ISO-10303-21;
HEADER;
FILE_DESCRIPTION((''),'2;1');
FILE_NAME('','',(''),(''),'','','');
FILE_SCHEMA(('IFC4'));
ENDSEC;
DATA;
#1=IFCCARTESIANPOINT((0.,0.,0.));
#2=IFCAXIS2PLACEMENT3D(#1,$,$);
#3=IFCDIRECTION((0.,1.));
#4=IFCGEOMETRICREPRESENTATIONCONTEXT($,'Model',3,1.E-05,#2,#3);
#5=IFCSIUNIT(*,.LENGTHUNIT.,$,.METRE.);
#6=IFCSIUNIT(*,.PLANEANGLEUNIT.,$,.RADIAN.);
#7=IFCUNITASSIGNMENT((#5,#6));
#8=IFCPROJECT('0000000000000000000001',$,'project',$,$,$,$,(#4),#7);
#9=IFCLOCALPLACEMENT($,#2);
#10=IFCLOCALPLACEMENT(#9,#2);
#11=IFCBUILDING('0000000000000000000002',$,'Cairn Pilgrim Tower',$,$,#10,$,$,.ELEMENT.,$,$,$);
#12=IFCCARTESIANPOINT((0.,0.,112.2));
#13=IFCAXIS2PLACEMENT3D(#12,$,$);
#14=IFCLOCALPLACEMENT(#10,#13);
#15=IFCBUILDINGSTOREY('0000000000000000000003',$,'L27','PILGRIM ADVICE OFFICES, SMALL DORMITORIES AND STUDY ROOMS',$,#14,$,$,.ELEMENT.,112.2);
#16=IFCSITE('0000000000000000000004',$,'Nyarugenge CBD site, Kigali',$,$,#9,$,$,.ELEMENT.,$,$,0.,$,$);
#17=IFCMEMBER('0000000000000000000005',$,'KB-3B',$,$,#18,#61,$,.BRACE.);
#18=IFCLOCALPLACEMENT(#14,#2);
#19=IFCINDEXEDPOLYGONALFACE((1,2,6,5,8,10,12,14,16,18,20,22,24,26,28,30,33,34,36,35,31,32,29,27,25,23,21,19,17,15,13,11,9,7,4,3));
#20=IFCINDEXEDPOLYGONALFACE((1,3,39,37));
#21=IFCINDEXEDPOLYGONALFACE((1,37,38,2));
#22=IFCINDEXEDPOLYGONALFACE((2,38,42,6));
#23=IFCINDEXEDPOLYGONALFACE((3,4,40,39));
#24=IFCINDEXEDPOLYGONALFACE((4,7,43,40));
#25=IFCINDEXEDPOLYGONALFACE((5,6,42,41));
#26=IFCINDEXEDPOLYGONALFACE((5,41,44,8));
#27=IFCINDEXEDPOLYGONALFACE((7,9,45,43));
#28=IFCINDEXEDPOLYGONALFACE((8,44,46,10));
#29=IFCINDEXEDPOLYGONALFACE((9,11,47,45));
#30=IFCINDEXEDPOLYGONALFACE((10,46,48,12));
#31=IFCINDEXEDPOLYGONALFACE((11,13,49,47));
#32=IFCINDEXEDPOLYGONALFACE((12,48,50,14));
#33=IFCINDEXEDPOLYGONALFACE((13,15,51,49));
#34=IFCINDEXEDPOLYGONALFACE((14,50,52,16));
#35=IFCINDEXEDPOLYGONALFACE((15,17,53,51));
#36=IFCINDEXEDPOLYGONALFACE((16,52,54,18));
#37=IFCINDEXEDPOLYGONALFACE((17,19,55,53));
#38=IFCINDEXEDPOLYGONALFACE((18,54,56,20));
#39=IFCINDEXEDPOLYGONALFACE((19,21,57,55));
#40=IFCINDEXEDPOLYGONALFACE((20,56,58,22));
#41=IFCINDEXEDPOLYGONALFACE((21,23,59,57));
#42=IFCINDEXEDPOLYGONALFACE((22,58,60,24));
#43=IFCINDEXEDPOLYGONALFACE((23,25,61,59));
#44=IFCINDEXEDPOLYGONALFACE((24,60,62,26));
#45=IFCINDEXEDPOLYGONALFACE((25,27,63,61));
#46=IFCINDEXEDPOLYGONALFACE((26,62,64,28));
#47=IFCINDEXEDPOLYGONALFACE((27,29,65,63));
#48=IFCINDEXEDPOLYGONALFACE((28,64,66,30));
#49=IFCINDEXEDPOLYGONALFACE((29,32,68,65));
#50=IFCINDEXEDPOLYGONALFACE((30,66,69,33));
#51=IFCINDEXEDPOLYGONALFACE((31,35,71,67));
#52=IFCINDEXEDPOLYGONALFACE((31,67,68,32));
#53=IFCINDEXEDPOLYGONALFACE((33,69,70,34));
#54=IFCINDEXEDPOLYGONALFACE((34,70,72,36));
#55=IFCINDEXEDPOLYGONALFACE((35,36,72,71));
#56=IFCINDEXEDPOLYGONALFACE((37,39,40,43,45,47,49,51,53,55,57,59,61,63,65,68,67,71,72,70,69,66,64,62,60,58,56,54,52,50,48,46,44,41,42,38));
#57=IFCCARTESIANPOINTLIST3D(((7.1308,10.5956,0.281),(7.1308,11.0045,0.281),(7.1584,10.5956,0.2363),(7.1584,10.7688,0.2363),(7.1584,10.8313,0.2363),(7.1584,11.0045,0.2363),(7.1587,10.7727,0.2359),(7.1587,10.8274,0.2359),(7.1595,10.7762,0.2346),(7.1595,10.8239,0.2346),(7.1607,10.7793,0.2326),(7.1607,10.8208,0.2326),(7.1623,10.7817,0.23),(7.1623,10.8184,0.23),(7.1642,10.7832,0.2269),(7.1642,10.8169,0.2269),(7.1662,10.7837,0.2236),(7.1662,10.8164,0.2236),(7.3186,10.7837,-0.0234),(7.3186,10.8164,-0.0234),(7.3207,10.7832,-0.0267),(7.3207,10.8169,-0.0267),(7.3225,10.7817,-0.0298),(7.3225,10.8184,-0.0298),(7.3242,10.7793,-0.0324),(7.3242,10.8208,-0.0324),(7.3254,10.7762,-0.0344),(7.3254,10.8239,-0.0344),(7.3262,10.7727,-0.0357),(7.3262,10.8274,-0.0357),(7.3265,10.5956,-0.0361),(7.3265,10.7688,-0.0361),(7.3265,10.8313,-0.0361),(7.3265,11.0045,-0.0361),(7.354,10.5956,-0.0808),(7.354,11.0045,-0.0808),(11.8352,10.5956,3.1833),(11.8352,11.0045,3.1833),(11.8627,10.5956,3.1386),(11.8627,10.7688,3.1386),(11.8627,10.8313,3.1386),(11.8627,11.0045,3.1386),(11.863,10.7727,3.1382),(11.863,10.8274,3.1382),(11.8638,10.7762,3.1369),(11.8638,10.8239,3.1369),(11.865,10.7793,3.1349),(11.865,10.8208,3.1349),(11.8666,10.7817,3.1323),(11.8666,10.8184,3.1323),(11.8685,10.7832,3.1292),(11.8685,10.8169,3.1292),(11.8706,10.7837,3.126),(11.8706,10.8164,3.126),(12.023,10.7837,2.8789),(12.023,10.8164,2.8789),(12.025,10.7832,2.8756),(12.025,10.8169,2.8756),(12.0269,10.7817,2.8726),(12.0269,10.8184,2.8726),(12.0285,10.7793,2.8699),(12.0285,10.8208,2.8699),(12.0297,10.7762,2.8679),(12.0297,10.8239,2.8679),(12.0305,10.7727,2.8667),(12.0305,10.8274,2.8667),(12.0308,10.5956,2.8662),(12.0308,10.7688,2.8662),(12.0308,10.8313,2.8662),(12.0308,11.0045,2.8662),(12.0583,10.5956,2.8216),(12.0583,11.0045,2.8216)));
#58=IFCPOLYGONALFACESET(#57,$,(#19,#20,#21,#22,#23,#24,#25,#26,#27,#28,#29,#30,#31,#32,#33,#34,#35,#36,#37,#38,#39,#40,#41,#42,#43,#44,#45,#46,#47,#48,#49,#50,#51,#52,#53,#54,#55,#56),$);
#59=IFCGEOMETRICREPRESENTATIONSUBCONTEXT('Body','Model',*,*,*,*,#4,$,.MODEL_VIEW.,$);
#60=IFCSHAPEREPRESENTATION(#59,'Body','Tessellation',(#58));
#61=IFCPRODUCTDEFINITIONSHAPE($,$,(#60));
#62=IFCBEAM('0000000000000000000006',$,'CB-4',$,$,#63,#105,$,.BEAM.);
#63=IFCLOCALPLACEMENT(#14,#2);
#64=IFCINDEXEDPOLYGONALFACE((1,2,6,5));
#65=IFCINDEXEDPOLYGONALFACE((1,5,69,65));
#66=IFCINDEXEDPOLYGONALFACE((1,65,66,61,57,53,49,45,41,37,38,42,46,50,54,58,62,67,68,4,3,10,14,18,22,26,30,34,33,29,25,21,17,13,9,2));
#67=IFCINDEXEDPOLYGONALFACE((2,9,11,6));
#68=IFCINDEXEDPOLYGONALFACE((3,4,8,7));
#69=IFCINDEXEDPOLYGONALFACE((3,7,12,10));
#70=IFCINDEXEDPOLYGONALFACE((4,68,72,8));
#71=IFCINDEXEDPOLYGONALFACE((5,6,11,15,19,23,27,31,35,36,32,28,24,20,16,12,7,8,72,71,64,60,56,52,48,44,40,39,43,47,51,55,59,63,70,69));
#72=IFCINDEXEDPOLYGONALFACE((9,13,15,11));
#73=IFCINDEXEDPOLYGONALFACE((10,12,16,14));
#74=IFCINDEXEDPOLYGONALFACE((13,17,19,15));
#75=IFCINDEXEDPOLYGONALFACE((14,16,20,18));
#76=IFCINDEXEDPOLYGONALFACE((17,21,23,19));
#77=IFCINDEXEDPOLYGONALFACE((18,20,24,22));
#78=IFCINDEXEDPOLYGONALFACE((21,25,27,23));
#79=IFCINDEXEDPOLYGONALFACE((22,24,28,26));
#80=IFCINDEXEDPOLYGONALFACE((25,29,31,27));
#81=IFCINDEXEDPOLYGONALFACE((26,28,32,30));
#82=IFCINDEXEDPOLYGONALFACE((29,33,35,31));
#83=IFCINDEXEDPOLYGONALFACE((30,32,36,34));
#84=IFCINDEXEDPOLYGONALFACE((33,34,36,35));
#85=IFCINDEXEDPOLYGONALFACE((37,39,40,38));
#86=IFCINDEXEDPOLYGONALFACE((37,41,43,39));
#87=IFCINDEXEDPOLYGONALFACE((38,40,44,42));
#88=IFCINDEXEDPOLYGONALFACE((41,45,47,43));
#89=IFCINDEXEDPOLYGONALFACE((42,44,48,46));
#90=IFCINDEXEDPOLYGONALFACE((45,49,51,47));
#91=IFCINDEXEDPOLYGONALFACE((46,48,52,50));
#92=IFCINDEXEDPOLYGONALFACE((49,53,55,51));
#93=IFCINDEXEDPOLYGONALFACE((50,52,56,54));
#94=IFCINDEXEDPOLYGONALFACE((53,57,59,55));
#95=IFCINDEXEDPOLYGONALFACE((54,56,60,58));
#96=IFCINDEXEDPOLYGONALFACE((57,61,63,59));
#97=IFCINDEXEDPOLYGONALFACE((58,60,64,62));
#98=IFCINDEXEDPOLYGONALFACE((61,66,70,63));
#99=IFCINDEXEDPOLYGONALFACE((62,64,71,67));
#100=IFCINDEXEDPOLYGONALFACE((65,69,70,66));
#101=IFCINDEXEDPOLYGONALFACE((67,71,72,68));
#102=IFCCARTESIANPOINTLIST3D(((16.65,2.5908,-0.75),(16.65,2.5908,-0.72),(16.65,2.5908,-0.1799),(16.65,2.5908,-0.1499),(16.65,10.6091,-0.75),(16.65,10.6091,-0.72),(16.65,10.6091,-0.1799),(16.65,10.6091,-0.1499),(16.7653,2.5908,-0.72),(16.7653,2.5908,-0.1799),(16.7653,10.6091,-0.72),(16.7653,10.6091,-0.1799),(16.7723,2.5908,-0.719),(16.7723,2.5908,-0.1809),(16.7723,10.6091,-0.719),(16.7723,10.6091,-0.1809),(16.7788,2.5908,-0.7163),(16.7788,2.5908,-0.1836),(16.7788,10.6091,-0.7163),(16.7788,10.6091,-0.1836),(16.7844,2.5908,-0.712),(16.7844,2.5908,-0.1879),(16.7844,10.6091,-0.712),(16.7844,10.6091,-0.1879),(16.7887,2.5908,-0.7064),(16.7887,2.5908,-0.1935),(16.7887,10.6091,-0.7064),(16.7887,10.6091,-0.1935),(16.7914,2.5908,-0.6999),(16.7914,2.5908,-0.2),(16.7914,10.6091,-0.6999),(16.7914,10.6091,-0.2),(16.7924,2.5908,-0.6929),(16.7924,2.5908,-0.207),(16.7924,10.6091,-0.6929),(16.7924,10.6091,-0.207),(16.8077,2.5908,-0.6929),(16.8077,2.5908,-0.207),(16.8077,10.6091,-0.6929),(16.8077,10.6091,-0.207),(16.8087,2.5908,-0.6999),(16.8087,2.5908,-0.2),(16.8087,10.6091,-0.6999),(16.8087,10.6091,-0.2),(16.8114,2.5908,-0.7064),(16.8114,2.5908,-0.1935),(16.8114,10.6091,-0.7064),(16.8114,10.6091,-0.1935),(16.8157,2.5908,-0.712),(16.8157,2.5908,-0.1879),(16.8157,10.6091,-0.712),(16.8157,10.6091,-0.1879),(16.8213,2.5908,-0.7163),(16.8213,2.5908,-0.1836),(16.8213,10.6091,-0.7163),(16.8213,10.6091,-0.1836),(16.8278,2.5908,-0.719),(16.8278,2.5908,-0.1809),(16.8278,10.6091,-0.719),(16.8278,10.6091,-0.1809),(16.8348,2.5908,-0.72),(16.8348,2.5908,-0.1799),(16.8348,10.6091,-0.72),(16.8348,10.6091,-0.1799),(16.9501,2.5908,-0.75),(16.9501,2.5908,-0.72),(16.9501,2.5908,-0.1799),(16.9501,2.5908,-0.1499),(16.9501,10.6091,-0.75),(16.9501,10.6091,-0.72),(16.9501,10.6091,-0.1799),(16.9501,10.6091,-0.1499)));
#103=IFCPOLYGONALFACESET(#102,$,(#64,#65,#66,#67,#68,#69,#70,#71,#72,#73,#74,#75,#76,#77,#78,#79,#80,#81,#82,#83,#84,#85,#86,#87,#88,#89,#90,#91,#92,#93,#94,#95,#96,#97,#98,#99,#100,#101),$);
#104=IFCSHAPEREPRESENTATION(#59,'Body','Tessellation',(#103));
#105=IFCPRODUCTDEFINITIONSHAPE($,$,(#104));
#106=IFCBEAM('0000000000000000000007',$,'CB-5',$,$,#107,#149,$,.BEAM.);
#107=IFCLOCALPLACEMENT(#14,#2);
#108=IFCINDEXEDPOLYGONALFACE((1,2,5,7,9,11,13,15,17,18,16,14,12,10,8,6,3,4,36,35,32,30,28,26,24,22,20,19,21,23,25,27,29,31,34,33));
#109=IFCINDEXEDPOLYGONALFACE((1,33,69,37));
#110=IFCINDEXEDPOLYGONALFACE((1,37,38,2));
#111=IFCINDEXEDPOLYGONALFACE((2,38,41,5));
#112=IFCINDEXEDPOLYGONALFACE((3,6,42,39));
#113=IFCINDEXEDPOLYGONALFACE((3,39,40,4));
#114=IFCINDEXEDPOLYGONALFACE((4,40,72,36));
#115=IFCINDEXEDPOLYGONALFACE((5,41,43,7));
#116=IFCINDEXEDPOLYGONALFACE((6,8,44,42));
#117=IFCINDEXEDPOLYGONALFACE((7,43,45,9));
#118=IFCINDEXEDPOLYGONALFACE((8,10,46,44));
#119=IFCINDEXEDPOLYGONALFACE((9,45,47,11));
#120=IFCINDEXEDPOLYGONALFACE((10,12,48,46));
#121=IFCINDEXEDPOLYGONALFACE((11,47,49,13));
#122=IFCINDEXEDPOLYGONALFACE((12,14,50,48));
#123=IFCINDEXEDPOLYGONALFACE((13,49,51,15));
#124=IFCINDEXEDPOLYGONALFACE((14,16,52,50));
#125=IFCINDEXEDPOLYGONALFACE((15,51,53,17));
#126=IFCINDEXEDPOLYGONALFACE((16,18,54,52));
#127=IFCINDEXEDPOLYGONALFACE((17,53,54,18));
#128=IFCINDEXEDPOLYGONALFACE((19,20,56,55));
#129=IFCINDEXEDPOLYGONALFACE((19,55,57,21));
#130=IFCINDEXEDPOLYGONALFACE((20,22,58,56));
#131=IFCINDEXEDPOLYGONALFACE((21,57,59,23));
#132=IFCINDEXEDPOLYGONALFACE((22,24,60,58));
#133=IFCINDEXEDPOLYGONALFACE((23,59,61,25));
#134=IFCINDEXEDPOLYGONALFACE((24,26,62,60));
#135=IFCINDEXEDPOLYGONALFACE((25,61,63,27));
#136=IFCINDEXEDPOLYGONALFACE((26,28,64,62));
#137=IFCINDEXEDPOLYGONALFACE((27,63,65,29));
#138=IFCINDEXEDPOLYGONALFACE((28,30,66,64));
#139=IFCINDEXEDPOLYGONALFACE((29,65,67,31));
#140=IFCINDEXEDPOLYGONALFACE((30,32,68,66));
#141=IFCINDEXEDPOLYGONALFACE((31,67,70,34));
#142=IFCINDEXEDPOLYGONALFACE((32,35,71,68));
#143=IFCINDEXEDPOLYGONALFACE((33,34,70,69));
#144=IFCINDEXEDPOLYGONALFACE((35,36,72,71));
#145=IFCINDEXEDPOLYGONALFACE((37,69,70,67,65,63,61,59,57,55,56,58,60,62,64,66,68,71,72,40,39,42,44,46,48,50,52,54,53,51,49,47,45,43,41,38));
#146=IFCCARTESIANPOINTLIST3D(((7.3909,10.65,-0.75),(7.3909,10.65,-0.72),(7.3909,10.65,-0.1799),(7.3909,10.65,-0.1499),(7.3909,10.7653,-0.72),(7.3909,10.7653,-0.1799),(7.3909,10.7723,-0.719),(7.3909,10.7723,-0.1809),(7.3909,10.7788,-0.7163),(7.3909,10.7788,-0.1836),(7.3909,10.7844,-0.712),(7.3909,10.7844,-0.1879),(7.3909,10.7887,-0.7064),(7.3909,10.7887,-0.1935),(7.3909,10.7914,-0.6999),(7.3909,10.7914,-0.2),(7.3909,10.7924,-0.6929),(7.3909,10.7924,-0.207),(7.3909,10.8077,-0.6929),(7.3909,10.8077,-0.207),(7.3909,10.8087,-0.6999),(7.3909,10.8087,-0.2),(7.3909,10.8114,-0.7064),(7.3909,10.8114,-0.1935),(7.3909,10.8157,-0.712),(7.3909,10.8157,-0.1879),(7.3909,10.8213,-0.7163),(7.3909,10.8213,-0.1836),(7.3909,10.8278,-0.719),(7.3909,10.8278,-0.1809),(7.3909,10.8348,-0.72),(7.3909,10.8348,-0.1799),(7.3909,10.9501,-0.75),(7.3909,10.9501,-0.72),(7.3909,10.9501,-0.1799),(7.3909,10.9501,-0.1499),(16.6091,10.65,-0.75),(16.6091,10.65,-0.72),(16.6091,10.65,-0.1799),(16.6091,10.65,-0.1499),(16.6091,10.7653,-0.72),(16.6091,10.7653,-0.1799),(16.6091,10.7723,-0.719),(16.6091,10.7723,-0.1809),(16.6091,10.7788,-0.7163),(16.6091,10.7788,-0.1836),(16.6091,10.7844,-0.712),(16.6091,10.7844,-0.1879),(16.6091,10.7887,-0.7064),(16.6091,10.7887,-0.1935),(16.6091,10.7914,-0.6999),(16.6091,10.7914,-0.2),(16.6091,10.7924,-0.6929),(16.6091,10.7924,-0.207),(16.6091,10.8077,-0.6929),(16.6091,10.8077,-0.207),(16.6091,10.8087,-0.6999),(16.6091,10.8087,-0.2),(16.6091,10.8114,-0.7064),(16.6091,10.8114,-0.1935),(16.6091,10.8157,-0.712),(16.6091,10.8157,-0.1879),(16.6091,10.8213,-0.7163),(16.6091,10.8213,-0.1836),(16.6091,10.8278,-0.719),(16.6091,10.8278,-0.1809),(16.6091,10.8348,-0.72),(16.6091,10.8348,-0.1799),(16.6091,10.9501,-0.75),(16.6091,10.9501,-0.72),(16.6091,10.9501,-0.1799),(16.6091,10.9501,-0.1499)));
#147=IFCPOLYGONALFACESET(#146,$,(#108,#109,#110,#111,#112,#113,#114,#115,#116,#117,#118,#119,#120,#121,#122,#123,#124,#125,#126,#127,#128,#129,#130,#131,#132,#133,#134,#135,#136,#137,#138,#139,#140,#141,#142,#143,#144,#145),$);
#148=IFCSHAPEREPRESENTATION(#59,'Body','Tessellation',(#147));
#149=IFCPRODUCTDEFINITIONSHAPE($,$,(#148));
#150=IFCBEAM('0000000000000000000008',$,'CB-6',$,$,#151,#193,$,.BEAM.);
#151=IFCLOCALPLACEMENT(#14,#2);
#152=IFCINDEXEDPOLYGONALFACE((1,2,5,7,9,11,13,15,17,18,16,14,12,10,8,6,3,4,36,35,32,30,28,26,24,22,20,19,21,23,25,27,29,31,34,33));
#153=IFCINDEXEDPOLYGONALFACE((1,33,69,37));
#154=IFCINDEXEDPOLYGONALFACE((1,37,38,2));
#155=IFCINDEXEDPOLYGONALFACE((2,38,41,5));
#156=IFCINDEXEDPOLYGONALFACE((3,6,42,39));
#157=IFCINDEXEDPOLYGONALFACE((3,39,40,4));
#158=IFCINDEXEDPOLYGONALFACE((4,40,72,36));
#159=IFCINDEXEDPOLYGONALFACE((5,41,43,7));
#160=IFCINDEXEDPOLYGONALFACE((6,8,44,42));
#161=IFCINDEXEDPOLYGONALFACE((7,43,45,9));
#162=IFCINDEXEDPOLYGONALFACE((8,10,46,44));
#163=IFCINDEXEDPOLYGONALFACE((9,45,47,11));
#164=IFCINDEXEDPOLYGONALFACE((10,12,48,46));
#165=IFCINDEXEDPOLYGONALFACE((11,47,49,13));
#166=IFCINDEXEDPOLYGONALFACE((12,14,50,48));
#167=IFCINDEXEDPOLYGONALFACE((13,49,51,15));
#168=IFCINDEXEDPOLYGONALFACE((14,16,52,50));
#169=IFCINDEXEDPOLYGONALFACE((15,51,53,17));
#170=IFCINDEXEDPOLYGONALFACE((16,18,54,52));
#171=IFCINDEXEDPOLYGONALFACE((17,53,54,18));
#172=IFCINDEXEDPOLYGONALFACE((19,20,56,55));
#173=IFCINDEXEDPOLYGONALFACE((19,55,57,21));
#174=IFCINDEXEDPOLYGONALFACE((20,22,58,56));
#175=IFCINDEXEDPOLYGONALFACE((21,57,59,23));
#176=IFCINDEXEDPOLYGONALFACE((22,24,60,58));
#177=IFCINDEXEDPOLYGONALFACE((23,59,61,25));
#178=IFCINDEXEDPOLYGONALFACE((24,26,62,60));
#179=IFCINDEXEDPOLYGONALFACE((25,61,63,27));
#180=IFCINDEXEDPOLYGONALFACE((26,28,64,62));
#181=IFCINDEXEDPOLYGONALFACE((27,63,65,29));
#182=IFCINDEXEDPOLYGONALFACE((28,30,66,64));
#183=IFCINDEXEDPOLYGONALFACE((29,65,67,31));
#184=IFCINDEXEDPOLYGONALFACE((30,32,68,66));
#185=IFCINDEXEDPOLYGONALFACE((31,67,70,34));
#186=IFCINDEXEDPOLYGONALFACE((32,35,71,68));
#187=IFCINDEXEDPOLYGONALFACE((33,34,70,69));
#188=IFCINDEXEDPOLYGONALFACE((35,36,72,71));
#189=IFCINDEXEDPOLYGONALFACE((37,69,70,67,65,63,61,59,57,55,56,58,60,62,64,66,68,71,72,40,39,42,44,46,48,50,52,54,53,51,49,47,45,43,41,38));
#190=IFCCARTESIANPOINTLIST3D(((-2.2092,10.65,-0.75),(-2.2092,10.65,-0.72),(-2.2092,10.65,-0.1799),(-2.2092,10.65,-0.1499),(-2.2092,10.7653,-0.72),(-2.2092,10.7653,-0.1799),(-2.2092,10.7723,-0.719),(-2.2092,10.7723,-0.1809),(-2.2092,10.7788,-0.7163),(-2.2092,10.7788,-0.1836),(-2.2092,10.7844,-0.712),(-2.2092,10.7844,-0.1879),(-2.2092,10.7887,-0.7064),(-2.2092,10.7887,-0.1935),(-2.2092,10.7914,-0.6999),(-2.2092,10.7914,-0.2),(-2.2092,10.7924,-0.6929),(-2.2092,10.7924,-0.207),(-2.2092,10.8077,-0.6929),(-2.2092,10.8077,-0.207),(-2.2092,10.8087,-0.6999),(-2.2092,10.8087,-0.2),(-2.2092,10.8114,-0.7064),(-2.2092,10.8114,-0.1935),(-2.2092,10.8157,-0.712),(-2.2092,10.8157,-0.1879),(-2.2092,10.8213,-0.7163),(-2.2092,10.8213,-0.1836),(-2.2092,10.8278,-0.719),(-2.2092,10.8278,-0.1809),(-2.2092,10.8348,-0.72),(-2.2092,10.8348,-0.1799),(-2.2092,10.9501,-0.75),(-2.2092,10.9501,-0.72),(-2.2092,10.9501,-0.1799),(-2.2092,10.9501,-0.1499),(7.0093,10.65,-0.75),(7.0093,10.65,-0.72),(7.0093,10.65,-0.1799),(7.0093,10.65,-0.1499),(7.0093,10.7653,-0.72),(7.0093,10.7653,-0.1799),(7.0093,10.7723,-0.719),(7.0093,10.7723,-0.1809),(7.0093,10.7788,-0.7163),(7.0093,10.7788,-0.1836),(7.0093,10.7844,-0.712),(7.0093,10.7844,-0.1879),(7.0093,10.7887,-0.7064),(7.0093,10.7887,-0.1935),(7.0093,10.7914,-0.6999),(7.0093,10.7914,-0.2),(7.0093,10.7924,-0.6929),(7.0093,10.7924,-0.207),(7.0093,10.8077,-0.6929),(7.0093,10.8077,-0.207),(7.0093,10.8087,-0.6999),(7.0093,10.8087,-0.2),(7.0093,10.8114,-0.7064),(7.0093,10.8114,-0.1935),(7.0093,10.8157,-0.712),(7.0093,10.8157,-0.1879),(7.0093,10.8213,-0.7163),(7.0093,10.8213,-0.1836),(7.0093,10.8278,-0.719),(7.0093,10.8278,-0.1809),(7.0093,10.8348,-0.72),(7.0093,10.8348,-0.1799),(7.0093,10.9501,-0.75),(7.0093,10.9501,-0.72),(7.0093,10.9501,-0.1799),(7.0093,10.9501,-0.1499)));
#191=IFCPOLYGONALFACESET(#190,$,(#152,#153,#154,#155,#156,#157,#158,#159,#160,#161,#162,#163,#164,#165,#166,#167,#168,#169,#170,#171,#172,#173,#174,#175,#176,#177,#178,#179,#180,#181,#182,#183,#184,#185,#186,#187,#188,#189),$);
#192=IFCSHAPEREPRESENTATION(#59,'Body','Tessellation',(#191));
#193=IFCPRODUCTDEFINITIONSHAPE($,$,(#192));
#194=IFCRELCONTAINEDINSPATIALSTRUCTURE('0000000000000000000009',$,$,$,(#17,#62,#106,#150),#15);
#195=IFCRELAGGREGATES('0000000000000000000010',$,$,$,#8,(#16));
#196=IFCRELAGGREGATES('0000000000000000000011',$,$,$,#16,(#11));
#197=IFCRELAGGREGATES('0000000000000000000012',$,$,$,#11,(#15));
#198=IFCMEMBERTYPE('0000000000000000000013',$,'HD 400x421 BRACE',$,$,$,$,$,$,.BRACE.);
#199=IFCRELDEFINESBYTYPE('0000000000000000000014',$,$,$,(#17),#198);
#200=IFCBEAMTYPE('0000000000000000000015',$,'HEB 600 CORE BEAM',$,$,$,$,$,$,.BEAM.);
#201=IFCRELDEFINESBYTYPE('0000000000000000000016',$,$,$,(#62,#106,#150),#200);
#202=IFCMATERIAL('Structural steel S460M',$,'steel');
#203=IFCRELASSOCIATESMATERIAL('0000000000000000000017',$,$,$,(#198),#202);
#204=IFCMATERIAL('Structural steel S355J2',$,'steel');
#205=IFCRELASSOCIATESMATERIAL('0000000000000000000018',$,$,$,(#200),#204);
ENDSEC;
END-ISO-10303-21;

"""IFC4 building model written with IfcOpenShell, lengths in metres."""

from ifc_helpers import new_model, si_unit, direction, frame, origin, origin_2d, place, context, subcontext, project, spatial, i_section, extrude, material, material_profile, profile_set, type_object, element, save


model = new_model("IFC4")

# Units and contexts
model_context = context("Model", 3, precision=1e-05, world=origin(), true_north=direction((0.0, 1.0)))
body_context = subcontext(model_context, "Body", "Model", "MODEL_VIEW")
ifc_project = project(units=[si_unit("LENGTHUNIT", "METRE"), si_unit("PLANEANGLEUNIT", "RADIAN")], contexts=[model_context])

# Site, building, storey
site_placement = place(None, origin())
site = spatial("IfcSite", under=ifc_project, at=site_placement, Name="Nyarugenge CBD site, Kigali", CompositionType="ELEMENT", RefElevation=0.0)
building_placement = place(site_placement, origin())
building = spatial("IfcBuilding", under=site, at=building_placement, Name="Cairn Pilgrim Tower", CompositionType="ELEMENT")
storey_placement = place(building_placement, frame((0.0, 0.0, 112.2)))
storey = spatial("IfcBuildingStorey", under=building, at=storey_placement, Name="L27", Description="PILGRIM ADVICE OFFICES, SMALL DORMITORIES AND STUDY ROOMS", CompositionType="ELEMENT", Elevation=112.2)

# Shared definitions
ifc_material_1 = material(Name="Structural steel S460M", Category="steel")

# Member
ifc_material_profile_1 = material_profile(ifc_material_1, i_section(OverallWidth=0.4089, OverallDepth=0.425, WebThickness=0.0327, FlangeThickness=0.0525, FilletRadius=0.0149, at=origin_2d()), Name="HD 400x421")
ifc_profile_set_1 = profile_set([ifc_material_profile_1], Name="Structural steel S460M")
member_type = type_object("IfcMemberType", Name="HD 400x421 BRACE", PredefinedType="BRACE", material=ifc_profile_set_1)
for number, where, z_axis, x_axis, name in (
    (1, (7.2424, 10.8, 0.1001), (0.851063, 0.0, 0.525063), (0.0, 1.0, 0.0), "KB-3B"),
):
    element("IfcMember", number, at=place(storey_placement, frame(where, z_axis=z_axis, x_axis=x_axis)), inside=storey, type_object=member_type, Name=name, PredefinedType="BRACE", context=body_context, shape_type="SweptSolid", body=[
        extrude(i_section(OverallWidth=0.4089, OverallDepth=0.425, WebThickness=0.0327, FlangeThickness=0.0525, FilletRadius=0.0149, at=origin_2d()), origin(), (0.0, 0.0, 1.0), 5.5276),
    ])

# Beams
ifc_material_2 = material(Name="Structural steel S355J2", Category="steel")
ifc_material_profile_2 = material_profile(ifc_material_2, i_section(OverallWidth=0.3, OverallDepth=0.6001, WebThickness=0.0154, FlangeThickness=0.03, FilletRadius=0.0271, at=origin_2d()), Name="HEB 600")
ifc_profile_set_2 = profile_set([ifc_material_profile_2], Name="Structural steel S355J2")
beam_type_1 = type_object("IfcBeamType", Name="HEB 600 CORE BEAM", PredefinedType="BEAM", material=ifc_profile_set_2)
beam_1_placement = place(storey_placement, frame((16.8, 2.5908, -0.45), z_axis=(0.0, 1.0, 0.0), x_axis=(-1.0, 0.0, 0.0)))
element("IfcBeam", 2, at=beam_1_placement, inside=storey, type_object=beam_type_1, Name="CB-4", PredefinedType="BEAM", context=body_context, shape_type="SweptSolid", body=[
    extrude(i_section(OverallWidth=0.3, OverallDepth=0.6001, WebThickness=0.0154, FlangeThickness=0.03, FilletRadius=0.0271, at=origin_2d()), origin(), (0.0, 0.0, 1.0), 8.0183),
])
beam_2_placement = place(storey_placement, frame((16.6091, 10.8, -0.45), z_axis=(-1.0, 0.0, 0.0), x_axis=(0.0, -1.0, 0.0)))
element("IfcBeam", 3, at=beam_2_placement, inside=storey, type_object=beam_type_1, Name="CB-5", PredefinedType="BEAM", context=body_context, shape_type="SweptSolid", body=[
    extrude(i_section(OverallWidth=0.3, OverallDepth=0.6001, WebThickness=0.0154, FlangeThickness=0.03, FilletRadius=0.0271, at=origin_2d()), origin(), (0.0, 0.0, 1.0), 9.2183),
])
beam_3_placement = place(storey_placement, frame((7.0093, 10.8, -0.45), z_axis=(-1.0, 0.0, 0.0), x_axis=(0.0, -1.0, 0.0)))
element("IfcBeam", 4, at=beam_3_placement, inside=storey, type_object=beam_type_1, Name="CB-6", PredefinedType="BEAM", context=body_context, shape_type="SweptSolid", body=[
    extrude(i_section(OverallWidth=0.3, OverallDepth=0.6001, WebThickness=0.0154, FlangeThickness=0.03, FilletRadius=0.0271, at=origin_2d()), origin(), (0.0, 0.0, 1.0), 9.2185),
])

save(model, "model.ifc")
